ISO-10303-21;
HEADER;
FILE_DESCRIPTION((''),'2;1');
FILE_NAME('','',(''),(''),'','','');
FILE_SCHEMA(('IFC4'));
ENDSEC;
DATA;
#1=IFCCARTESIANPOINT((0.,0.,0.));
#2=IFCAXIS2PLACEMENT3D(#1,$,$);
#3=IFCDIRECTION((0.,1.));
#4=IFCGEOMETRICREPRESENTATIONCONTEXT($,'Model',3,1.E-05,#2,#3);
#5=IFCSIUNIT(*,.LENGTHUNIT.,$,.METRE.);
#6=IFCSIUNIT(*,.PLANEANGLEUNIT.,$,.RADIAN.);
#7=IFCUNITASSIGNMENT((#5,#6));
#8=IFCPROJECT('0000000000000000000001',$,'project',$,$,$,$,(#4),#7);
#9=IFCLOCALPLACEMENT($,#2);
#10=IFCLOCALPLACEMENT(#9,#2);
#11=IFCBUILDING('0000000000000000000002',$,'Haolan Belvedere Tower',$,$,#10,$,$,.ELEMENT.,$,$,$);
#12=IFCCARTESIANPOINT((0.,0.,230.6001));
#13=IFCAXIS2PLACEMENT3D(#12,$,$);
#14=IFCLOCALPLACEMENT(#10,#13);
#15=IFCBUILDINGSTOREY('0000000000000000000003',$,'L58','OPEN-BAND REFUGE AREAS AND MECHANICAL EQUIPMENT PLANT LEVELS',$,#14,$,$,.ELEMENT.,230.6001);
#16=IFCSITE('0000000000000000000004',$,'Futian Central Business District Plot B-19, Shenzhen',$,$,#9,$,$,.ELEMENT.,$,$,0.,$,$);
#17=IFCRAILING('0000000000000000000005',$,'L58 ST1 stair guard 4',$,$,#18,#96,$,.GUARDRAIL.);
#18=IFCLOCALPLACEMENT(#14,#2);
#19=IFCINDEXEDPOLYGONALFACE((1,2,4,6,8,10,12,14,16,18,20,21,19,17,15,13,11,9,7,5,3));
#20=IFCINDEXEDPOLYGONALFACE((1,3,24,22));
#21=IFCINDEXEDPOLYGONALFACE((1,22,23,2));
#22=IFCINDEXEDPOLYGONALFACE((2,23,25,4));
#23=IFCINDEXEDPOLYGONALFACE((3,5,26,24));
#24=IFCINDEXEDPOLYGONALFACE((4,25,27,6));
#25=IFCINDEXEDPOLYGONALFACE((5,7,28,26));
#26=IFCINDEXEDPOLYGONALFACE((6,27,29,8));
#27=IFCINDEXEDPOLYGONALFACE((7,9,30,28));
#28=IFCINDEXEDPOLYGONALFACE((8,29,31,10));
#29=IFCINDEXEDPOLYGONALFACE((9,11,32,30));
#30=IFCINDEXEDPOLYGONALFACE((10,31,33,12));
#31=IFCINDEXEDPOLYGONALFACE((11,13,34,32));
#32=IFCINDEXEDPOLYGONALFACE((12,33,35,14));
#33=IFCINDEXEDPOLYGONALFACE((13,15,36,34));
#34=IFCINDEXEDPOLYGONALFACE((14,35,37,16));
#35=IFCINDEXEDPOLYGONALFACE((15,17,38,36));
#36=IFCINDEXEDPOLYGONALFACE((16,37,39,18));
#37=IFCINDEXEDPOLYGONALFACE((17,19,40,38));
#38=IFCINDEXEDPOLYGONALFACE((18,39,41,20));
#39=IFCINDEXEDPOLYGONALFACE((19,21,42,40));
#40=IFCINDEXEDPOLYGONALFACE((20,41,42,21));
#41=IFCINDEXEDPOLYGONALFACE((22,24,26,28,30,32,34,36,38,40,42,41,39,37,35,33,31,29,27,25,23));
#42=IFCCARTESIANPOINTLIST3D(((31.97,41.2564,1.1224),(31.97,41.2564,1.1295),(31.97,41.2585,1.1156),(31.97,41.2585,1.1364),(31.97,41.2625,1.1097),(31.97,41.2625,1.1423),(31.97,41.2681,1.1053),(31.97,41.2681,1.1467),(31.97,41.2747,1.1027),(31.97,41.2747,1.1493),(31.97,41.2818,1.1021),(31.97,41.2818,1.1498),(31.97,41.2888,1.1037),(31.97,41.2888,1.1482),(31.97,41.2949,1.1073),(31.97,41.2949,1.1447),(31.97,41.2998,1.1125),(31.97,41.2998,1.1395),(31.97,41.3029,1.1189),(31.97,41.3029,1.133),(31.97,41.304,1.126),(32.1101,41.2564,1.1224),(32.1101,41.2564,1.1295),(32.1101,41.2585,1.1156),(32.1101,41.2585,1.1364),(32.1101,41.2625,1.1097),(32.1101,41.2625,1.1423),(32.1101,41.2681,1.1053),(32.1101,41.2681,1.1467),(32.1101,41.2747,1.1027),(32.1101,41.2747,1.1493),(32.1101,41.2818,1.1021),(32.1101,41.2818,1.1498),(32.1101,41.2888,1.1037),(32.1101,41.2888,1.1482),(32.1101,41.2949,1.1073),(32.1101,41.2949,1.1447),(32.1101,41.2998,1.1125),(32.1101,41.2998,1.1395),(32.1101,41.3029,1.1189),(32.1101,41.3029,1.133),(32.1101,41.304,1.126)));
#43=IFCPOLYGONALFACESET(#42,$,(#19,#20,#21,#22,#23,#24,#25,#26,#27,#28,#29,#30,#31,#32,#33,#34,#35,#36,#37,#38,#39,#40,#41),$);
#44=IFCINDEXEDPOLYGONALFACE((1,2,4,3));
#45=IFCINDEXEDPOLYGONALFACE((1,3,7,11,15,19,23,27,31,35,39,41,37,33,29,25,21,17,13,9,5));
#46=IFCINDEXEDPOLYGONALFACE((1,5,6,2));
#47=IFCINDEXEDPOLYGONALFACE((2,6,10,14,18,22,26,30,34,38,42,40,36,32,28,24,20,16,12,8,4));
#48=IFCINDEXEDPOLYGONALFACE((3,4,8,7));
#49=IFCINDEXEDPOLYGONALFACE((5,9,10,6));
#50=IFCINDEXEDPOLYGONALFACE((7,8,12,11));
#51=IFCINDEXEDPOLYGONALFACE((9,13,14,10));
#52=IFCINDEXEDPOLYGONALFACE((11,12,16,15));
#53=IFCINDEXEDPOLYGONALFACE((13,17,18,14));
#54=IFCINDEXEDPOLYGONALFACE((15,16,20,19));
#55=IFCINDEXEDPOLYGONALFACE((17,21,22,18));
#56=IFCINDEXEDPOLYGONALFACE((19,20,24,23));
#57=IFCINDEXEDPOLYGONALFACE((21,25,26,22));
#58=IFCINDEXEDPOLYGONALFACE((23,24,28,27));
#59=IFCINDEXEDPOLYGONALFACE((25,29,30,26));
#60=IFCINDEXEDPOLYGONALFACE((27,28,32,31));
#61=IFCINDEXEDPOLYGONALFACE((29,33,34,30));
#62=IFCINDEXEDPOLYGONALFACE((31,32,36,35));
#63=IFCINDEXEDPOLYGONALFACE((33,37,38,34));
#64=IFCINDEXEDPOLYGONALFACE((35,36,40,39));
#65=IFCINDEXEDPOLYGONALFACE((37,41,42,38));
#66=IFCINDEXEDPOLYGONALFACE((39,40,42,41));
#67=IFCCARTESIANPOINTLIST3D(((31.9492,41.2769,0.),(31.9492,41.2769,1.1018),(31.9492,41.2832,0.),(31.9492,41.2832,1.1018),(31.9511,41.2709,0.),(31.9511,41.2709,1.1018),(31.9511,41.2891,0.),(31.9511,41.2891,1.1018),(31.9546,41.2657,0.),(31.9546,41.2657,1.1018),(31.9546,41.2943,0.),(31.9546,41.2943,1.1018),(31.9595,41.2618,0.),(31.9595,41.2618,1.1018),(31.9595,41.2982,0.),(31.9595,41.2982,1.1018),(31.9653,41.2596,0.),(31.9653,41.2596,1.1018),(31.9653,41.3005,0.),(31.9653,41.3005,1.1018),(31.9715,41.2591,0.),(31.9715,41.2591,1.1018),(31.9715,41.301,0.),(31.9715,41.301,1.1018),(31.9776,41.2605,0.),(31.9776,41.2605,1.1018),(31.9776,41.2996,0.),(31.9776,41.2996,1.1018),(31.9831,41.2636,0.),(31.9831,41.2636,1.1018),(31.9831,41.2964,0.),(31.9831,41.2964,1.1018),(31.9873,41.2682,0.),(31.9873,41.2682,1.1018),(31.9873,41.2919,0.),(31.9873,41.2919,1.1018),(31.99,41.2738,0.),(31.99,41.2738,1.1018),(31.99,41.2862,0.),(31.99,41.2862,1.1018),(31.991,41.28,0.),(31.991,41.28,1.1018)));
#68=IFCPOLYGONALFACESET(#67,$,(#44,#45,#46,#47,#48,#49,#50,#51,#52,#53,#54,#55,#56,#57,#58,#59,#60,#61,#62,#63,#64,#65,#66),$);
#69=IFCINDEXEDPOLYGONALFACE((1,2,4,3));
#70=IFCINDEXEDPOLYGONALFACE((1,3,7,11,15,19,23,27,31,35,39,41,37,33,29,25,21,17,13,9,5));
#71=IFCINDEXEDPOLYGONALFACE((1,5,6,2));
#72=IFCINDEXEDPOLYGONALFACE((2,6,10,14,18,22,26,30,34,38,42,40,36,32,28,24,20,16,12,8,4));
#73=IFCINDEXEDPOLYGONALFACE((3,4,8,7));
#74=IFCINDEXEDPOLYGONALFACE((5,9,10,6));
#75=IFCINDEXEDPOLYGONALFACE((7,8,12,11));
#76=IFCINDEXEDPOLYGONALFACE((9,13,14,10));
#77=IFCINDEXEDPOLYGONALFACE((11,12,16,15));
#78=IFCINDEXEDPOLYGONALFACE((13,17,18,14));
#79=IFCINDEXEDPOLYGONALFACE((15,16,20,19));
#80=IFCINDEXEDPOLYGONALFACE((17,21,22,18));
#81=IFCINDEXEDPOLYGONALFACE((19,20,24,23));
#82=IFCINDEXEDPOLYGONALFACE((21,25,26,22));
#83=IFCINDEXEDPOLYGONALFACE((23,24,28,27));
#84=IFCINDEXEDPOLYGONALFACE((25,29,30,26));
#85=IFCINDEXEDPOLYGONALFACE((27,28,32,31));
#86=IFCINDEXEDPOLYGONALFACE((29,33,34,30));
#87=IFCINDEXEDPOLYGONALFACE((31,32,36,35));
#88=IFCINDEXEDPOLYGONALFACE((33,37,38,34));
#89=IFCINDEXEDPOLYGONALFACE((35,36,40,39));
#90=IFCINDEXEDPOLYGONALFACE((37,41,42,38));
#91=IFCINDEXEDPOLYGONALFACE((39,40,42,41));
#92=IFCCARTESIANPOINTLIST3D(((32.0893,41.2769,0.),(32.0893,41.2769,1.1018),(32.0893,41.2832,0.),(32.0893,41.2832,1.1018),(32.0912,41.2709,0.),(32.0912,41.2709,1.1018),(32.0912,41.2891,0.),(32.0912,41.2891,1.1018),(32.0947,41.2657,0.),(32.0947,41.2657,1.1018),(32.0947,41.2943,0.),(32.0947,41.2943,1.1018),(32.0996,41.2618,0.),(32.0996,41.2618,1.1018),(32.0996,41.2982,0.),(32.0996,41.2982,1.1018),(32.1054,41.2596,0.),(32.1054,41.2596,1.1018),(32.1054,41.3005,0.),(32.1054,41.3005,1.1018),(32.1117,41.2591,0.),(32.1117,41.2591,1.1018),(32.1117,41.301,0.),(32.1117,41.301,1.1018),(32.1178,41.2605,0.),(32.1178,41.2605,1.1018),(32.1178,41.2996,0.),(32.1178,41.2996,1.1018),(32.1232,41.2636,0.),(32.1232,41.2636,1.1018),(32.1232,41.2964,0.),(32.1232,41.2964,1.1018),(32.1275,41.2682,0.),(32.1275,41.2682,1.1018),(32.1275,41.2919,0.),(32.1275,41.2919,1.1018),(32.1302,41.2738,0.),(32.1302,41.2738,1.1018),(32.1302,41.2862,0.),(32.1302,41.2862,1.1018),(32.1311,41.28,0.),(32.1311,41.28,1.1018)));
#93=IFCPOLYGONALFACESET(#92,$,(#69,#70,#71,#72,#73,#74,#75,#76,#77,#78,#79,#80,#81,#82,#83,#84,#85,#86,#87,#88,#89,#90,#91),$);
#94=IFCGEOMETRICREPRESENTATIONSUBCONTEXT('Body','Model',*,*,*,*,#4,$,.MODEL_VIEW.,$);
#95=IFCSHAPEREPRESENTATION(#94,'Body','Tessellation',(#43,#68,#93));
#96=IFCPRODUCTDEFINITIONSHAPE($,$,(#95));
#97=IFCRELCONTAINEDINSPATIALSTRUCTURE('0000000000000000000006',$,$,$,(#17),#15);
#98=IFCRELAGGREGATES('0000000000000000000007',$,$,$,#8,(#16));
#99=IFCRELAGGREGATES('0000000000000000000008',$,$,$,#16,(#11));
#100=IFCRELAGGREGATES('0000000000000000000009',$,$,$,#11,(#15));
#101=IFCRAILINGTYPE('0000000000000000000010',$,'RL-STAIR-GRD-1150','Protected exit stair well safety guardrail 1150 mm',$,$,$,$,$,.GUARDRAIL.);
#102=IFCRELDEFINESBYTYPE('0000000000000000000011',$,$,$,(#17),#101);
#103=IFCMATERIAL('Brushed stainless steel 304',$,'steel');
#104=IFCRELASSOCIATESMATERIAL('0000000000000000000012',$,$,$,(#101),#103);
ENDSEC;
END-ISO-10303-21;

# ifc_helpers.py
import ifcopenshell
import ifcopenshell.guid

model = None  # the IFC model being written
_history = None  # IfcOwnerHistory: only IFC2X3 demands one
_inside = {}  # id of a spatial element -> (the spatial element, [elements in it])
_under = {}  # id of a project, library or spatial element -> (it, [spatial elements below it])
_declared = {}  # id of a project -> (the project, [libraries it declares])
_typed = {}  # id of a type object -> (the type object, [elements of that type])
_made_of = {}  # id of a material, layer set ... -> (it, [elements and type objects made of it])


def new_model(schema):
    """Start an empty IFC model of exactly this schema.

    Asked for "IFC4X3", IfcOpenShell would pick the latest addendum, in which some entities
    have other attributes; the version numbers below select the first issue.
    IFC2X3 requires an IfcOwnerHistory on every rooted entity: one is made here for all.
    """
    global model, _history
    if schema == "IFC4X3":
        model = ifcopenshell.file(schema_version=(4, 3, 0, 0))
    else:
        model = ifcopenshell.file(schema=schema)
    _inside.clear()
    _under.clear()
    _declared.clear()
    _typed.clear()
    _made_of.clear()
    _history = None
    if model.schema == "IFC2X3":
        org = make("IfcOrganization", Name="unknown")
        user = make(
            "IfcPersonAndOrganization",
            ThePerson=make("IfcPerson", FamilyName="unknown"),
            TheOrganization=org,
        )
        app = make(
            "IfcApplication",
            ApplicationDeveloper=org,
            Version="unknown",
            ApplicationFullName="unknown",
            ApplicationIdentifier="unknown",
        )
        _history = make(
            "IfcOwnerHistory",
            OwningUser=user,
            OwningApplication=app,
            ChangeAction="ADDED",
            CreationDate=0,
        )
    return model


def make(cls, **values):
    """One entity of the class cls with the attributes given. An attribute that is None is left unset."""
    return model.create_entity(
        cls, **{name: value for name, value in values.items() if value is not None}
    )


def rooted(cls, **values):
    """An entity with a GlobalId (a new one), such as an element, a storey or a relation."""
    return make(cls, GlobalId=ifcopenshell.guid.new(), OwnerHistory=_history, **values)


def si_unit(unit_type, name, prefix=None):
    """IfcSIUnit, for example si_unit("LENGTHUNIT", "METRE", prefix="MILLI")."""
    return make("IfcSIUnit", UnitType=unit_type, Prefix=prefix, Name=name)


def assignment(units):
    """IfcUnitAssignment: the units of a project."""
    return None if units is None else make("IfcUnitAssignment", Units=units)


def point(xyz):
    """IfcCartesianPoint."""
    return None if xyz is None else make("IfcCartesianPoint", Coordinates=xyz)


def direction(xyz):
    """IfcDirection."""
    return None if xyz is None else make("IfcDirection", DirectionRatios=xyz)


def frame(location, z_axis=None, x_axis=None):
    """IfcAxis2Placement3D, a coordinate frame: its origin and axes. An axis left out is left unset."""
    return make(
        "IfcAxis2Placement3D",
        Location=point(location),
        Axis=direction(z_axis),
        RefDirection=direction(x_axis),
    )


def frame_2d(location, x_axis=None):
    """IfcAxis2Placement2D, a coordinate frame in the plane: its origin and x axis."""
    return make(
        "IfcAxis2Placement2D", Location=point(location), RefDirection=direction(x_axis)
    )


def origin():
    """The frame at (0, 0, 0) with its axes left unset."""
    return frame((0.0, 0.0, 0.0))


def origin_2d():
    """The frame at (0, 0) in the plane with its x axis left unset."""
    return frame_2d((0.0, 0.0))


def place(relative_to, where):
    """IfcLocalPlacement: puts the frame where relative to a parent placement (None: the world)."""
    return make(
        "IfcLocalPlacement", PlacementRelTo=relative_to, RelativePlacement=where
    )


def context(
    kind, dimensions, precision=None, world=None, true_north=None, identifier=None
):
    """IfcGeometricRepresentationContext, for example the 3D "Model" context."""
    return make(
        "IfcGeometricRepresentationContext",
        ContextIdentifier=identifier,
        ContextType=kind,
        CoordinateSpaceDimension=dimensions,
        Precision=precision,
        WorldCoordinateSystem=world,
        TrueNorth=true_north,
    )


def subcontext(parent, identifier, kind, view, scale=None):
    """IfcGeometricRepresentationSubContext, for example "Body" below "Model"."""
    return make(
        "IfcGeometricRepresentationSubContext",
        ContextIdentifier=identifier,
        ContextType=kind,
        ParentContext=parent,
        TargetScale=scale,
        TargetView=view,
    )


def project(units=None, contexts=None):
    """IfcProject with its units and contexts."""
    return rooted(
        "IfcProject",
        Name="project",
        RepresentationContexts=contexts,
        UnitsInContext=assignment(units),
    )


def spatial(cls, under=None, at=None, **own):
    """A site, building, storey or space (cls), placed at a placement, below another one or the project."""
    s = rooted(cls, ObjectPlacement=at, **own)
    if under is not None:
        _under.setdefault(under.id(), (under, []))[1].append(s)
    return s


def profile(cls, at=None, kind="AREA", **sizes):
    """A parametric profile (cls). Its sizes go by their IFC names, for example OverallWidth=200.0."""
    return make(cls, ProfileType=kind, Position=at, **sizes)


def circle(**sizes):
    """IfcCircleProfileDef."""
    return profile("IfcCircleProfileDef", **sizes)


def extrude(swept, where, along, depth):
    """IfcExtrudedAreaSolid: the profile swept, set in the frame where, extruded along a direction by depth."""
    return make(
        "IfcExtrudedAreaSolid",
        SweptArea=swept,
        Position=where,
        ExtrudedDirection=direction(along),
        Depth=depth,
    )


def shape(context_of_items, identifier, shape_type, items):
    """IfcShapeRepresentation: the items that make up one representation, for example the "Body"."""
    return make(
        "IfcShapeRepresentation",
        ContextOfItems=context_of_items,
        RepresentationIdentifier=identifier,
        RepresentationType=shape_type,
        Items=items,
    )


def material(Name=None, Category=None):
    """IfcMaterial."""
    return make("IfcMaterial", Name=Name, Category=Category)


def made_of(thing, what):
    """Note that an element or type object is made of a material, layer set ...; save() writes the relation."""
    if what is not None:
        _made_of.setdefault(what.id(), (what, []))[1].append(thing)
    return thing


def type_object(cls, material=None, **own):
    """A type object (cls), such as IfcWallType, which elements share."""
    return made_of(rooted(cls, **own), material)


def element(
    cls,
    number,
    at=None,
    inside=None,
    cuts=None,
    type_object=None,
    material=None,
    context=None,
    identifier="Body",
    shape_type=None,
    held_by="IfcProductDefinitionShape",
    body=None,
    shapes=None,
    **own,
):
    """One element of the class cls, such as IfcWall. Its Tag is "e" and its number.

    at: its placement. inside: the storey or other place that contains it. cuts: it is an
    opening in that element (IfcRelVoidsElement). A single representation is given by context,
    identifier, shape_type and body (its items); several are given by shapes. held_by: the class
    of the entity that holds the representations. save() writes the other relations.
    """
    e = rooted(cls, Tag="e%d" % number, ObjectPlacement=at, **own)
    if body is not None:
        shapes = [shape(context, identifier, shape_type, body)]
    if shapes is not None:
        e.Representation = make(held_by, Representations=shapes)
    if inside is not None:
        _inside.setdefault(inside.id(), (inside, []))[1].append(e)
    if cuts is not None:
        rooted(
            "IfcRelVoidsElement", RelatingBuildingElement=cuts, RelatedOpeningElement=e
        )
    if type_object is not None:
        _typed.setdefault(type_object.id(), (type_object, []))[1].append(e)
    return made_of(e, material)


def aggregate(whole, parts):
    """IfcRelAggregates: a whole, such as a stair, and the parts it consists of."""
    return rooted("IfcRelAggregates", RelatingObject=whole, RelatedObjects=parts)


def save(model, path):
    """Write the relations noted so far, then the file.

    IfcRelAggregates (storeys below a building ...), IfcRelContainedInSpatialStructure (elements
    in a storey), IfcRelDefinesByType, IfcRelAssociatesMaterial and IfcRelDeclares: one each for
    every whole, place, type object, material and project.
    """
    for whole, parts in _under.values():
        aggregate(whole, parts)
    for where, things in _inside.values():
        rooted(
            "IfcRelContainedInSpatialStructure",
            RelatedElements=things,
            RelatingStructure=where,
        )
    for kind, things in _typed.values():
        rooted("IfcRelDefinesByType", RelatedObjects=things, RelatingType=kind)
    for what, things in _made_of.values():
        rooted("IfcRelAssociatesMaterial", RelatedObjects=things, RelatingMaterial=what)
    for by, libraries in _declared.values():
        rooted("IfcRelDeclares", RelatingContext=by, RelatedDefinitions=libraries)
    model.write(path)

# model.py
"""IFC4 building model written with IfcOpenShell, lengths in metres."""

from ifc_helpers import new_model, si_unit, direction, frame, origin, origin_2d, place, context, subcontext, project, spatial, circle, extrude, material, type_object, element, save


model = new_model("IFC4")

# Units and contexts
model_context = context("Model", 3, precision=1e-05, world=origin(), true_north=direction((0.0, 1.0)))
body_context = subcontext(model_context, "Body", "Model", "MODEL_VIEW")
ifc_project = project(units=[si_unit("LENGTHUNIT", "METRE"), si_unit("PLANEANGLEUNIT", "RADIAN")], contexts=[model_context])

# Site, building, storey
site_placement = place(None, origin())
site = spatial("IfcSite", under=ifc_project, at=site_placement, Name="Futian Central Business District Plot B-19, Shenzhen", CompositionType="ELEMENT", RefElevation=0.0)
building_placement = place(site_placement, origin())
building = spatial("IfcBuilding", under=site, at=building_placement, Name="Haolan Belvedere Tower", CompositionType="ELEMENT")
storey_placement = place(building_placement, frame((0.0, 0.0, 230.6001)))
storey = spatial("IfcBuildingStorey", under=building, at=storey_placement, Name="L58", Description="OPEN-BAND REFUGE AREAS AND MECHANICAL EQUIPMENT PLANT LEVELS", CompositionType="ELEMENT", Elevation=230.6001)

# Railing
ifc_material_1 = material(Name="Brushed stainless steel 304", Category="steel")
railing_type_1 = type_object("IfcRailingType", Name="RL-STAIR-GRD-1150", Description="Protected exit stair well safety guardrail 1150 mm", PredefinedType="GUARDRAIL", material=ifc_material_1)
railing_1_placement = place(storey_placement, frame((31.97, 41.28, 0.0)))
element("IfcRailing", 1, at=railing_1_placement, inside=storey, type_object=railing_type_1, Name="L58 ST1 stair guard 4", PredefinedType="GUARDRAIL", context=body_context, shape_type="SweptSolid", body=[
    extrude(circle(Radius=0.0239, at=origin_2d()), frame((0.0, 0.0, 1.126), z_axis=(1.0, 0.0, 0.0), x_axis=(0.0, 1.0, 0.0)), (0.0, 0.0, 1.0), 0.1401),
    extrude(circle(Radius=0.021, at=origin_2d()), origin(), (0.0, 0.0, 1.0), 1.1018),
    extrude(circle(Radius=0.021, at=origin_2d()), frame((0.1401, 0.0, 0.0)), (0.0, 0.0, 1.0), 1.1018),
])

save(model, "model.ifc")
